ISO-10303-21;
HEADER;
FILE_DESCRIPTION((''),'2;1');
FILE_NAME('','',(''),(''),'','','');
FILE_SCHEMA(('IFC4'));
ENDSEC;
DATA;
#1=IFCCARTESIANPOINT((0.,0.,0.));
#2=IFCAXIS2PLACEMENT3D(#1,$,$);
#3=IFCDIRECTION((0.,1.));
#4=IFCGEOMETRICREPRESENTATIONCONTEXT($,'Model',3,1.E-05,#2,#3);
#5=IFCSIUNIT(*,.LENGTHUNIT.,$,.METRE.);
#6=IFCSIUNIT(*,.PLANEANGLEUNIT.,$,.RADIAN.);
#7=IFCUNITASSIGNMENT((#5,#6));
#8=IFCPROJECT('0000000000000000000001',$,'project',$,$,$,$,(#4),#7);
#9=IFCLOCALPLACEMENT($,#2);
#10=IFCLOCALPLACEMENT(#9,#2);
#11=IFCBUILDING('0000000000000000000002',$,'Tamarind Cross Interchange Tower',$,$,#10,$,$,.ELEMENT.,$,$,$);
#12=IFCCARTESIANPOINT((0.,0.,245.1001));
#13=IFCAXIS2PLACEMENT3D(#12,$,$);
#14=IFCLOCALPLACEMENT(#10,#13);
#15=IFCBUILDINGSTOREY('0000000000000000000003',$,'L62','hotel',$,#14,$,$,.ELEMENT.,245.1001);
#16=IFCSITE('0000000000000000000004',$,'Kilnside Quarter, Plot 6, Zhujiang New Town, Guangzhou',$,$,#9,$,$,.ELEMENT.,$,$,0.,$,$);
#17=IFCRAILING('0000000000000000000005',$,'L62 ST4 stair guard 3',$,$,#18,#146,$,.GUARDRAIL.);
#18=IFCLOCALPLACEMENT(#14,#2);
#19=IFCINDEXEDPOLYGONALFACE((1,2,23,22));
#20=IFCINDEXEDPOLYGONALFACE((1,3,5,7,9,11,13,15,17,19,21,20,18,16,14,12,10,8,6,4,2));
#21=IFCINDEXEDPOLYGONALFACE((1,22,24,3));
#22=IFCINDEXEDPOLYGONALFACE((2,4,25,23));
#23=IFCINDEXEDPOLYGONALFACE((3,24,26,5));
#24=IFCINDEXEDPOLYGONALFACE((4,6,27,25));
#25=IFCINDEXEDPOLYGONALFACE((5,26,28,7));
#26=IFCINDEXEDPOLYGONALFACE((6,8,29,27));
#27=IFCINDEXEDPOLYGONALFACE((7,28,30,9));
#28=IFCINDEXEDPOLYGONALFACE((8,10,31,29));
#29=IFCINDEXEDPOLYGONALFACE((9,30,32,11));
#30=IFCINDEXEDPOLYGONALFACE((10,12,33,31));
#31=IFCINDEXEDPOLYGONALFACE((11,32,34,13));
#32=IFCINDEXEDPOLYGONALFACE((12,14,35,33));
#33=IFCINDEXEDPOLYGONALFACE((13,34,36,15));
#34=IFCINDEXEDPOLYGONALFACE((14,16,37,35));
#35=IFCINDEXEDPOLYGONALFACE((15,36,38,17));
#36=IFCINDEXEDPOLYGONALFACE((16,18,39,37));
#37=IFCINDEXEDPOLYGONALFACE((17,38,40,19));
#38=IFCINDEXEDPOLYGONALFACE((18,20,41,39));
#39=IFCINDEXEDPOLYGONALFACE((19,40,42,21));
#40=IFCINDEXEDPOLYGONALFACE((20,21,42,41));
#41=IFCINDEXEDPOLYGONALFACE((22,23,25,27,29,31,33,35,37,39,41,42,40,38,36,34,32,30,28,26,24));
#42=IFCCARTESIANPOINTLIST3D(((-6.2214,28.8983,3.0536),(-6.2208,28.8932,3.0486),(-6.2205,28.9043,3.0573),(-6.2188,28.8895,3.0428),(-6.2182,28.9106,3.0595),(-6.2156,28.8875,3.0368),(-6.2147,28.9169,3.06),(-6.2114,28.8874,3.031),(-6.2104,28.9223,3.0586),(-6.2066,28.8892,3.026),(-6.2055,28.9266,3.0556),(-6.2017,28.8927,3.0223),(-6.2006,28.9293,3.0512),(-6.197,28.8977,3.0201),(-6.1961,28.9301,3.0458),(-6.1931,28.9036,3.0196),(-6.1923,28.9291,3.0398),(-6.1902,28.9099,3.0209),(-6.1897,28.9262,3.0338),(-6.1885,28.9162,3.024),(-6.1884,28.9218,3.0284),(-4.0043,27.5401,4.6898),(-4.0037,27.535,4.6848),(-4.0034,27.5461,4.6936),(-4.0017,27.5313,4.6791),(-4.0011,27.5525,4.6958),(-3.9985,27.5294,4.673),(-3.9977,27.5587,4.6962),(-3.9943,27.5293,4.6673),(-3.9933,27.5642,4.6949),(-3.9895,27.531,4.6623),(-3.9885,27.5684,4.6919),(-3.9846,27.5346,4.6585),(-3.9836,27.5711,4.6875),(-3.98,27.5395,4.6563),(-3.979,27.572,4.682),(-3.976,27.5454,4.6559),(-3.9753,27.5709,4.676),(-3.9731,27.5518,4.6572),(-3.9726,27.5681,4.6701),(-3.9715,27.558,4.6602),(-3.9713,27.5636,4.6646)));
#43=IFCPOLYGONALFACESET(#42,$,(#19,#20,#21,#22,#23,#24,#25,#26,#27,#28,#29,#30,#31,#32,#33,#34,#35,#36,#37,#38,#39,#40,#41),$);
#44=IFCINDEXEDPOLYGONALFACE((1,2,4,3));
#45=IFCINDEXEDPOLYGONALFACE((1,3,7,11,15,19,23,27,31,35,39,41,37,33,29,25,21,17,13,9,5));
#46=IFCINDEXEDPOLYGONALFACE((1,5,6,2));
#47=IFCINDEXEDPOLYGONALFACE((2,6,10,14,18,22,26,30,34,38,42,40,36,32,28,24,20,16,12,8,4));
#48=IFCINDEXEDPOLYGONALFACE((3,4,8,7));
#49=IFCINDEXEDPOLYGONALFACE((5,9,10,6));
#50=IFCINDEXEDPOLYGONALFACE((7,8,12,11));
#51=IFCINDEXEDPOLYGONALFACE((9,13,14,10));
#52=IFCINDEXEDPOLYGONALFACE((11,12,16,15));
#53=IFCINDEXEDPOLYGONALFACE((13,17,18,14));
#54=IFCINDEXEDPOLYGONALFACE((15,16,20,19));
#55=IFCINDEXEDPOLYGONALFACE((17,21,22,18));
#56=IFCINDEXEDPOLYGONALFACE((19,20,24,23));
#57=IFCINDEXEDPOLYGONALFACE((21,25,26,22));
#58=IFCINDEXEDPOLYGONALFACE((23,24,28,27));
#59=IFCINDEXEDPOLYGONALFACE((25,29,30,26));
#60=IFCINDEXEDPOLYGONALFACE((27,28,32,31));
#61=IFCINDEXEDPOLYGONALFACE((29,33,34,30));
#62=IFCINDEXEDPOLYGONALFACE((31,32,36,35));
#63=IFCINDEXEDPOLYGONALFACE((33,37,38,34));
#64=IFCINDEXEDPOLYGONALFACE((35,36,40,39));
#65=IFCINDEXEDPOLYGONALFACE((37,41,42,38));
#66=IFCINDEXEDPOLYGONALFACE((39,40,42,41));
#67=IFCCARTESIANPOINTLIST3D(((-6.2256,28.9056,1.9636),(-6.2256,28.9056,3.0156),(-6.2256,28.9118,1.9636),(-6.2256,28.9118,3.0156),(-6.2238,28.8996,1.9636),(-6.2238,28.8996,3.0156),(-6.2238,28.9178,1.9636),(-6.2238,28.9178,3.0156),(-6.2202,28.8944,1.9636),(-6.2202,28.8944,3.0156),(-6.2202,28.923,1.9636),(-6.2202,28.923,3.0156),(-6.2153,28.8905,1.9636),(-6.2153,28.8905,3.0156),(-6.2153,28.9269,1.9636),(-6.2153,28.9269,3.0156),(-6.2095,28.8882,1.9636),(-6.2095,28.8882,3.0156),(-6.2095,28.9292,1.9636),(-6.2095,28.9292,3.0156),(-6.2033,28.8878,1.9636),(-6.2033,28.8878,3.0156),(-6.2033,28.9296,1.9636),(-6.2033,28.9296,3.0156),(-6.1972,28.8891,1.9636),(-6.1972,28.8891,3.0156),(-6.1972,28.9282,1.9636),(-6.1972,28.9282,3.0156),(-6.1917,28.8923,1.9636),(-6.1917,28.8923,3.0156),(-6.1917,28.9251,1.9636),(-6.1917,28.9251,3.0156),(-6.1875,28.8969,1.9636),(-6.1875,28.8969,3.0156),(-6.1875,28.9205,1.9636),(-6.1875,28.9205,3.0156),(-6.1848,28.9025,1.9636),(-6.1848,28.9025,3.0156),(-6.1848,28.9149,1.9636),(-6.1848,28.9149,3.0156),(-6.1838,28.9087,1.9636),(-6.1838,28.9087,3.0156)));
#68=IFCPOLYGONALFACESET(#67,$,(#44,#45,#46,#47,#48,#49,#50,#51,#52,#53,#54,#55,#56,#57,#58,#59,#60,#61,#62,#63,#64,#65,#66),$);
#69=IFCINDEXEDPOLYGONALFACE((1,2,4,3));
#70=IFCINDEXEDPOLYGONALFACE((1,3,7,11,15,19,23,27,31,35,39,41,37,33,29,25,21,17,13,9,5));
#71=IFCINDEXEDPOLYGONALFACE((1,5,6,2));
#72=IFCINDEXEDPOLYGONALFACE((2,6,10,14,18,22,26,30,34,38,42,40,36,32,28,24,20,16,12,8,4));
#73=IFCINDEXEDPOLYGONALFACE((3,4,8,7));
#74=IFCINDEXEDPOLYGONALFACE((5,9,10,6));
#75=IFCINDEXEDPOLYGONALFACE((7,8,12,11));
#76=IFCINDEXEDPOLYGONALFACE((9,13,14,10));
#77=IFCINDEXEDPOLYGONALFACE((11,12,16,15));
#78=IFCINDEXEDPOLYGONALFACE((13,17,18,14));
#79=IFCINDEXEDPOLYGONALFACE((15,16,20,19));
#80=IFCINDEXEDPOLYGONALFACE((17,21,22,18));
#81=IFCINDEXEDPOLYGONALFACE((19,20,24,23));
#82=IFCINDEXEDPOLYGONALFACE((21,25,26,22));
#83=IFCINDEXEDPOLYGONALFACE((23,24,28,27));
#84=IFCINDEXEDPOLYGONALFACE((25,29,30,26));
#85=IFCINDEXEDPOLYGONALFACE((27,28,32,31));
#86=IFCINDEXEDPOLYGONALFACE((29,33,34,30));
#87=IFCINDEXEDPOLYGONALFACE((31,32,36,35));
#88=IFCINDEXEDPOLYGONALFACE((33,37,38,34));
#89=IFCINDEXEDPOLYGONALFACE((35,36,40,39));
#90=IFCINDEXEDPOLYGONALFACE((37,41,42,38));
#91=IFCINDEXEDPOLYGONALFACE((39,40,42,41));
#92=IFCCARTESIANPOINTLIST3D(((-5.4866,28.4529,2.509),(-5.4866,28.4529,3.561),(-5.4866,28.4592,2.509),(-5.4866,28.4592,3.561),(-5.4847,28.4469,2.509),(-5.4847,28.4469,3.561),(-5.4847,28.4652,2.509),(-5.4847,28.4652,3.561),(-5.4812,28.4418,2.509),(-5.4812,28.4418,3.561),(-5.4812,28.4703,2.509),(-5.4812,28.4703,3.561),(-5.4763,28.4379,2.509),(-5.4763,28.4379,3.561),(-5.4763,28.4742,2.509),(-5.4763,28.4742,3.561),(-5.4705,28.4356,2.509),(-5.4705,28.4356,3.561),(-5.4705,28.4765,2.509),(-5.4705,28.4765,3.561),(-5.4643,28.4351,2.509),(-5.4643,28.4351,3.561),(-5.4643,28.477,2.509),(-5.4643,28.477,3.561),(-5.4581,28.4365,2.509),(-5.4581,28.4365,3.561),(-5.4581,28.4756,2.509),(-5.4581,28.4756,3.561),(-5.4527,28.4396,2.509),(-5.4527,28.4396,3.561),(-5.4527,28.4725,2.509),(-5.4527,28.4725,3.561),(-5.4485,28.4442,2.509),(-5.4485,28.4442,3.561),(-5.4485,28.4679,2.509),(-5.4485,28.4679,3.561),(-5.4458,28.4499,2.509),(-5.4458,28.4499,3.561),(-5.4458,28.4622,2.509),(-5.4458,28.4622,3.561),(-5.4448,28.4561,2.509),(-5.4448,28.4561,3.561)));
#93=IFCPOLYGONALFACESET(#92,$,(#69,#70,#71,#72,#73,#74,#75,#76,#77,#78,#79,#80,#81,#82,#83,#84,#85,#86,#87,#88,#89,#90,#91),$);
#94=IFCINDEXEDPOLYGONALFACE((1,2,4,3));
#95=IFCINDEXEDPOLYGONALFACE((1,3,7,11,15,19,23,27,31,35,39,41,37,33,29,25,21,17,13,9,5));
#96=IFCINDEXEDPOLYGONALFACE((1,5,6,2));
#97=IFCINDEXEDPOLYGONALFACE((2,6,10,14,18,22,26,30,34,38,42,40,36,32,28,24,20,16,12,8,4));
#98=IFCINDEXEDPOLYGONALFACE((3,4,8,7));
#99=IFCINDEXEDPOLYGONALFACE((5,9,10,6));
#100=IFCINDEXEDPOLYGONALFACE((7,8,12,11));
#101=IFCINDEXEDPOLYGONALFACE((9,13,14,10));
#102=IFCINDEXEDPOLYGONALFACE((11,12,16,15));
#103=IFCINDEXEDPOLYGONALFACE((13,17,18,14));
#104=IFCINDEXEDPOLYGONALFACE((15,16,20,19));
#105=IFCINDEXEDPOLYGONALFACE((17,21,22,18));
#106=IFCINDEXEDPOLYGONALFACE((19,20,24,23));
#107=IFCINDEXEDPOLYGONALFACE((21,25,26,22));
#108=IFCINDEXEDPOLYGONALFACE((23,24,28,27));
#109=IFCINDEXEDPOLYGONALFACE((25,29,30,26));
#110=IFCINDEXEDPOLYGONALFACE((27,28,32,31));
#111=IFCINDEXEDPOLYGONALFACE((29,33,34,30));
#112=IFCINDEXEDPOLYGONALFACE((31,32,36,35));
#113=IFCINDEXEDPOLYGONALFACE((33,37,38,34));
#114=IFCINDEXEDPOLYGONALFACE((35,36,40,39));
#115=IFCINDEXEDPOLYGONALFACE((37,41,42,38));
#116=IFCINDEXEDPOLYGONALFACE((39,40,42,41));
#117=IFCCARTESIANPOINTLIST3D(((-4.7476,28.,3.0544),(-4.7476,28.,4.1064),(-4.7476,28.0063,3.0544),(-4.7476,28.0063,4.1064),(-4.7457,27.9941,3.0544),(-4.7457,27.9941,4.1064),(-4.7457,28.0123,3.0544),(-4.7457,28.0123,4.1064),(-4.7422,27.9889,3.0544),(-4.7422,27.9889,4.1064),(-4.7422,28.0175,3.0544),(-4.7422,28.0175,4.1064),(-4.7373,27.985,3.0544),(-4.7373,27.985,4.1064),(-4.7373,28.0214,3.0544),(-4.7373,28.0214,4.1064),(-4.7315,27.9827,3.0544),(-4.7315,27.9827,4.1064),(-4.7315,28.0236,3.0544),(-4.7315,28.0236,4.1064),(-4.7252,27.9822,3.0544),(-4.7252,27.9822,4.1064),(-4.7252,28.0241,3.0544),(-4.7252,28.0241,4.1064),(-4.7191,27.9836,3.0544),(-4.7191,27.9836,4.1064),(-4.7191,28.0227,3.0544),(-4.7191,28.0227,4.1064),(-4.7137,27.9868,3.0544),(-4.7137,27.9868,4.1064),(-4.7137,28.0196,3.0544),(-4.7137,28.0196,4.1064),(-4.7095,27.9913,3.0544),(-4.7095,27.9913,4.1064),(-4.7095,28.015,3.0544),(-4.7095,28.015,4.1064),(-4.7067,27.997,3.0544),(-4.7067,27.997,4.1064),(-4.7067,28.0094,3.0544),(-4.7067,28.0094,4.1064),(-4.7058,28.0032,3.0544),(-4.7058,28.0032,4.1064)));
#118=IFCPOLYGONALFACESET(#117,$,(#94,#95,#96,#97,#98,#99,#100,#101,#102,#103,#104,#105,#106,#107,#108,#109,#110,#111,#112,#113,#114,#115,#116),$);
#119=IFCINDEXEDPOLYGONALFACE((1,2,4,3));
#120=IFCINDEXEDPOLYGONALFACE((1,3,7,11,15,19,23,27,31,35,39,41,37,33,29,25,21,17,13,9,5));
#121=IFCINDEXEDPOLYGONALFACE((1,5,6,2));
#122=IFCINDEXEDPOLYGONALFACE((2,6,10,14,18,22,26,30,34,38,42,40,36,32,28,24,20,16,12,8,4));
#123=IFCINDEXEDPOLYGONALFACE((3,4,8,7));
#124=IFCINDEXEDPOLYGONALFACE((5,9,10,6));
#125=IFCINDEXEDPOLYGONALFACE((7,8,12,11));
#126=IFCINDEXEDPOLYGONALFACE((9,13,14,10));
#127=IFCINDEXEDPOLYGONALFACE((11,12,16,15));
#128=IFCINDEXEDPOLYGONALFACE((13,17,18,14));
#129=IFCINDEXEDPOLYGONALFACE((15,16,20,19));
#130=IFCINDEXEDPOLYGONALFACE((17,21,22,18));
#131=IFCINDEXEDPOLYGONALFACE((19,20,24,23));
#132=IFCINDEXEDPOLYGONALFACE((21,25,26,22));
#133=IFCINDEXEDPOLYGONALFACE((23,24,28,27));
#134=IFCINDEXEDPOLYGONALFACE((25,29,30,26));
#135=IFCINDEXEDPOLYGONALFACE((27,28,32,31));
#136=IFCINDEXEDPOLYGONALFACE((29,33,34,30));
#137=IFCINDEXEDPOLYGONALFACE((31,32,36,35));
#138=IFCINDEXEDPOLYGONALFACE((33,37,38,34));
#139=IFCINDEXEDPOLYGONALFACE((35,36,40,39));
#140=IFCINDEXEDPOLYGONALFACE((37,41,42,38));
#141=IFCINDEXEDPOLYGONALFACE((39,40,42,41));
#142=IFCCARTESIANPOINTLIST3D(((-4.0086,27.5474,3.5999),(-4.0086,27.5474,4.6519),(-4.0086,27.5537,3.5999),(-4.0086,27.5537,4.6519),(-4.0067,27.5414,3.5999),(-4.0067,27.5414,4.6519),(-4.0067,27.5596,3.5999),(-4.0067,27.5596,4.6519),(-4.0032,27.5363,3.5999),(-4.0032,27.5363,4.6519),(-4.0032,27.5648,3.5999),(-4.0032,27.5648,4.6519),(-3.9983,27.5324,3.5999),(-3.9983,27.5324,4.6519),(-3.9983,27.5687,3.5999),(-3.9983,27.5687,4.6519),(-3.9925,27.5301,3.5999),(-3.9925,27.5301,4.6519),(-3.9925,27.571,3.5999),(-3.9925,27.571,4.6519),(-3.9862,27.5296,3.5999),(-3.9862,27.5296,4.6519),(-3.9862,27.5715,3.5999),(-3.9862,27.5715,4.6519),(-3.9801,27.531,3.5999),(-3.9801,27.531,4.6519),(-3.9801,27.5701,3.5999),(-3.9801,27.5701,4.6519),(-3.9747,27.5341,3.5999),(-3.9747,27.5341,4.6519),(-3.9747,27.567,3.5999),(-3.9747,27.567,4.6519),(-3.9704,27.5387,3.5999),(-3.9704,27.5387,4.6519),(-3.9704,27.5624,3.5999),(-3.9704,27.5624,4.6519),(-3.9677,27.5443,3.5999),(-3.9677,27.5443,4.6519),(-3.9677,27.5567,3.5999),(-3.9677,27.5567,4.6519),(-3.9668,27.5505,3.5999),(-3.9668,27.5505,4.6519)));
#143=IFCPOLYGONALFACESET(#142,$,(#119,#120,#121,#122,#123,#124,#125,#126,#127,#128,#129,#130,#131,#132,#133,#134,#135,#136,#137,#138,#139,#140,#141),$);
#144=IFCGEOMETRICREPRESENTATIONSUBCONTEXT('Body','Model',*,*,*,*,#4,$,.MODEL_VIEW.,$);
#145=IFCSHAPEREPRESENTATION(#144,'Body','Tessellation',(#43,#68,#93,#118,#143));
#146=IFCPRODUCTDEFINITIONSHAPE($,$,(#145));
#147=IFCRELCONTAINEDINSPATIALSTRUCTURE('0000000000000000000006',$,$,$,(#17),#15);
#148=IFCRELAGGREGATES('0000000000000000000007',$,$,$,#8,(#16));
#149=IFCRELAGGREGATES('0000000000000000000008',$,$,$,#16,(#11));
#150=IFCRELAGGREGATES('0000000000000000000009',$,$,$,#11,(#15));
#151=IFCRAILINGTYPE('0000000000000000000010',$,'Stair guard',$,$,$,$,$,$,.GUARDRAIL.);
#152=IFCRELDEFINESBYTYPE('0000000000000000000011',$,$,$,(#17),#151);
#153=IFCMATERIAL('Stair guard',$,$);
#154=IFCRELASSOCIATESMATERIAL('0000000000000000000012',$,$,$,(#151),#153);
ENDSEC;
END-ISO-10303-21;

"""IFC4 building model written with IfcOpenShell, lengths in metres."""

from ifc_helpers import new_model, si_unit, direction, frame, origin, origin_2d, place, context, subcontext, project, spatial, circle, extrude, material, type_object, element, save


model = new_model("IFC4")

# Units and contexts
model_context = context("Model", 3, precision=1e-05, world=origin(), true_north=direction((0.0, 1.0)))
body_context = subcontext(model_context, "Body", "Model", "MODEL_VIEW")
ifc_project = project(units=[si_unit("LENGTHUNIT", "METRE"), si_unit("PLANEANGLEUNIT", "RADIAN")], contexts=[model_context])

# Site, building, storey
site_placement = place(None, origin())
site = spatial("IfcSite", under=ifc_project, at=site_placement, Name="Kilnside Quarter, Plot 6, Zhujiang New Town, Guangzhou", CompositionType="ELEMENT", RefElevation=0.0)
building_placement = place(site_placement, origin())
building = spatial("IfcBuilding", under=site, at=building_placement, Name="Tamarind Cross Interchange Tower", CompositionType="ELEMENT")
storey_placement = place(building_placement, frame((0.0, 0.0, 245.1001)))
storey = spatial("IfcBuildingStorey", under=building, at=storey_placement, Name="L62", Description="hotel", CompositionType="ELEMENT", Elevation=245.1001)

# Railing
ifc_material_1 = material(Name="Stair guard")
railing_type_1 = type_object("IfcRailingType", Name="Stair guard", PredefinedType="GUARDRAIL", material=ifc_material_1)
railing_1_placement = place(storey_placement, frame((-6.2048, 28.9087, 1.9636)))
element("IfcRailing", 1, at=railing_1_placement, inside=storey, type_object=railing_type_1, Name="L62 ST4 stair guard 3", PredefinedType="GUARDRAIL", context=body_context, shape_type="SweptSolid", body=[
    extrude(circle(Radius=0.0239, at=origin_2d()), frame((0.0, 0.0, 1.0762), z_axis=(0.721696, -0.442109, 0.532629), x_axis=(0.522373, 0.852717, 0.0)), (0.0, 0.0, 1.0), 3.072),
    extrude(circle(Radius=0.021, at=origin_2d()), origin(), (0.0, 0.0, 1.0), 1.052),
    extrude(circle(Radius=0.021, at=origin_2d()), frame((0.739, -0.4526, 0.5454)), (0.0, 0.0, 1.0), 1.052),
    extrude(circle(Radius=0.021, at=origin_2d()), frame((1.478, -0.9055, 1.0908)), (0.0, 0.0, 1.0), 1.052),
    extrude(circle(Radius=0.021, at=origin_2d()), frame((2.217, -1.3582, 1.6362)), (0.0, 0.0, 1.0), 1.052),
])

save(model, "model.ifc")
